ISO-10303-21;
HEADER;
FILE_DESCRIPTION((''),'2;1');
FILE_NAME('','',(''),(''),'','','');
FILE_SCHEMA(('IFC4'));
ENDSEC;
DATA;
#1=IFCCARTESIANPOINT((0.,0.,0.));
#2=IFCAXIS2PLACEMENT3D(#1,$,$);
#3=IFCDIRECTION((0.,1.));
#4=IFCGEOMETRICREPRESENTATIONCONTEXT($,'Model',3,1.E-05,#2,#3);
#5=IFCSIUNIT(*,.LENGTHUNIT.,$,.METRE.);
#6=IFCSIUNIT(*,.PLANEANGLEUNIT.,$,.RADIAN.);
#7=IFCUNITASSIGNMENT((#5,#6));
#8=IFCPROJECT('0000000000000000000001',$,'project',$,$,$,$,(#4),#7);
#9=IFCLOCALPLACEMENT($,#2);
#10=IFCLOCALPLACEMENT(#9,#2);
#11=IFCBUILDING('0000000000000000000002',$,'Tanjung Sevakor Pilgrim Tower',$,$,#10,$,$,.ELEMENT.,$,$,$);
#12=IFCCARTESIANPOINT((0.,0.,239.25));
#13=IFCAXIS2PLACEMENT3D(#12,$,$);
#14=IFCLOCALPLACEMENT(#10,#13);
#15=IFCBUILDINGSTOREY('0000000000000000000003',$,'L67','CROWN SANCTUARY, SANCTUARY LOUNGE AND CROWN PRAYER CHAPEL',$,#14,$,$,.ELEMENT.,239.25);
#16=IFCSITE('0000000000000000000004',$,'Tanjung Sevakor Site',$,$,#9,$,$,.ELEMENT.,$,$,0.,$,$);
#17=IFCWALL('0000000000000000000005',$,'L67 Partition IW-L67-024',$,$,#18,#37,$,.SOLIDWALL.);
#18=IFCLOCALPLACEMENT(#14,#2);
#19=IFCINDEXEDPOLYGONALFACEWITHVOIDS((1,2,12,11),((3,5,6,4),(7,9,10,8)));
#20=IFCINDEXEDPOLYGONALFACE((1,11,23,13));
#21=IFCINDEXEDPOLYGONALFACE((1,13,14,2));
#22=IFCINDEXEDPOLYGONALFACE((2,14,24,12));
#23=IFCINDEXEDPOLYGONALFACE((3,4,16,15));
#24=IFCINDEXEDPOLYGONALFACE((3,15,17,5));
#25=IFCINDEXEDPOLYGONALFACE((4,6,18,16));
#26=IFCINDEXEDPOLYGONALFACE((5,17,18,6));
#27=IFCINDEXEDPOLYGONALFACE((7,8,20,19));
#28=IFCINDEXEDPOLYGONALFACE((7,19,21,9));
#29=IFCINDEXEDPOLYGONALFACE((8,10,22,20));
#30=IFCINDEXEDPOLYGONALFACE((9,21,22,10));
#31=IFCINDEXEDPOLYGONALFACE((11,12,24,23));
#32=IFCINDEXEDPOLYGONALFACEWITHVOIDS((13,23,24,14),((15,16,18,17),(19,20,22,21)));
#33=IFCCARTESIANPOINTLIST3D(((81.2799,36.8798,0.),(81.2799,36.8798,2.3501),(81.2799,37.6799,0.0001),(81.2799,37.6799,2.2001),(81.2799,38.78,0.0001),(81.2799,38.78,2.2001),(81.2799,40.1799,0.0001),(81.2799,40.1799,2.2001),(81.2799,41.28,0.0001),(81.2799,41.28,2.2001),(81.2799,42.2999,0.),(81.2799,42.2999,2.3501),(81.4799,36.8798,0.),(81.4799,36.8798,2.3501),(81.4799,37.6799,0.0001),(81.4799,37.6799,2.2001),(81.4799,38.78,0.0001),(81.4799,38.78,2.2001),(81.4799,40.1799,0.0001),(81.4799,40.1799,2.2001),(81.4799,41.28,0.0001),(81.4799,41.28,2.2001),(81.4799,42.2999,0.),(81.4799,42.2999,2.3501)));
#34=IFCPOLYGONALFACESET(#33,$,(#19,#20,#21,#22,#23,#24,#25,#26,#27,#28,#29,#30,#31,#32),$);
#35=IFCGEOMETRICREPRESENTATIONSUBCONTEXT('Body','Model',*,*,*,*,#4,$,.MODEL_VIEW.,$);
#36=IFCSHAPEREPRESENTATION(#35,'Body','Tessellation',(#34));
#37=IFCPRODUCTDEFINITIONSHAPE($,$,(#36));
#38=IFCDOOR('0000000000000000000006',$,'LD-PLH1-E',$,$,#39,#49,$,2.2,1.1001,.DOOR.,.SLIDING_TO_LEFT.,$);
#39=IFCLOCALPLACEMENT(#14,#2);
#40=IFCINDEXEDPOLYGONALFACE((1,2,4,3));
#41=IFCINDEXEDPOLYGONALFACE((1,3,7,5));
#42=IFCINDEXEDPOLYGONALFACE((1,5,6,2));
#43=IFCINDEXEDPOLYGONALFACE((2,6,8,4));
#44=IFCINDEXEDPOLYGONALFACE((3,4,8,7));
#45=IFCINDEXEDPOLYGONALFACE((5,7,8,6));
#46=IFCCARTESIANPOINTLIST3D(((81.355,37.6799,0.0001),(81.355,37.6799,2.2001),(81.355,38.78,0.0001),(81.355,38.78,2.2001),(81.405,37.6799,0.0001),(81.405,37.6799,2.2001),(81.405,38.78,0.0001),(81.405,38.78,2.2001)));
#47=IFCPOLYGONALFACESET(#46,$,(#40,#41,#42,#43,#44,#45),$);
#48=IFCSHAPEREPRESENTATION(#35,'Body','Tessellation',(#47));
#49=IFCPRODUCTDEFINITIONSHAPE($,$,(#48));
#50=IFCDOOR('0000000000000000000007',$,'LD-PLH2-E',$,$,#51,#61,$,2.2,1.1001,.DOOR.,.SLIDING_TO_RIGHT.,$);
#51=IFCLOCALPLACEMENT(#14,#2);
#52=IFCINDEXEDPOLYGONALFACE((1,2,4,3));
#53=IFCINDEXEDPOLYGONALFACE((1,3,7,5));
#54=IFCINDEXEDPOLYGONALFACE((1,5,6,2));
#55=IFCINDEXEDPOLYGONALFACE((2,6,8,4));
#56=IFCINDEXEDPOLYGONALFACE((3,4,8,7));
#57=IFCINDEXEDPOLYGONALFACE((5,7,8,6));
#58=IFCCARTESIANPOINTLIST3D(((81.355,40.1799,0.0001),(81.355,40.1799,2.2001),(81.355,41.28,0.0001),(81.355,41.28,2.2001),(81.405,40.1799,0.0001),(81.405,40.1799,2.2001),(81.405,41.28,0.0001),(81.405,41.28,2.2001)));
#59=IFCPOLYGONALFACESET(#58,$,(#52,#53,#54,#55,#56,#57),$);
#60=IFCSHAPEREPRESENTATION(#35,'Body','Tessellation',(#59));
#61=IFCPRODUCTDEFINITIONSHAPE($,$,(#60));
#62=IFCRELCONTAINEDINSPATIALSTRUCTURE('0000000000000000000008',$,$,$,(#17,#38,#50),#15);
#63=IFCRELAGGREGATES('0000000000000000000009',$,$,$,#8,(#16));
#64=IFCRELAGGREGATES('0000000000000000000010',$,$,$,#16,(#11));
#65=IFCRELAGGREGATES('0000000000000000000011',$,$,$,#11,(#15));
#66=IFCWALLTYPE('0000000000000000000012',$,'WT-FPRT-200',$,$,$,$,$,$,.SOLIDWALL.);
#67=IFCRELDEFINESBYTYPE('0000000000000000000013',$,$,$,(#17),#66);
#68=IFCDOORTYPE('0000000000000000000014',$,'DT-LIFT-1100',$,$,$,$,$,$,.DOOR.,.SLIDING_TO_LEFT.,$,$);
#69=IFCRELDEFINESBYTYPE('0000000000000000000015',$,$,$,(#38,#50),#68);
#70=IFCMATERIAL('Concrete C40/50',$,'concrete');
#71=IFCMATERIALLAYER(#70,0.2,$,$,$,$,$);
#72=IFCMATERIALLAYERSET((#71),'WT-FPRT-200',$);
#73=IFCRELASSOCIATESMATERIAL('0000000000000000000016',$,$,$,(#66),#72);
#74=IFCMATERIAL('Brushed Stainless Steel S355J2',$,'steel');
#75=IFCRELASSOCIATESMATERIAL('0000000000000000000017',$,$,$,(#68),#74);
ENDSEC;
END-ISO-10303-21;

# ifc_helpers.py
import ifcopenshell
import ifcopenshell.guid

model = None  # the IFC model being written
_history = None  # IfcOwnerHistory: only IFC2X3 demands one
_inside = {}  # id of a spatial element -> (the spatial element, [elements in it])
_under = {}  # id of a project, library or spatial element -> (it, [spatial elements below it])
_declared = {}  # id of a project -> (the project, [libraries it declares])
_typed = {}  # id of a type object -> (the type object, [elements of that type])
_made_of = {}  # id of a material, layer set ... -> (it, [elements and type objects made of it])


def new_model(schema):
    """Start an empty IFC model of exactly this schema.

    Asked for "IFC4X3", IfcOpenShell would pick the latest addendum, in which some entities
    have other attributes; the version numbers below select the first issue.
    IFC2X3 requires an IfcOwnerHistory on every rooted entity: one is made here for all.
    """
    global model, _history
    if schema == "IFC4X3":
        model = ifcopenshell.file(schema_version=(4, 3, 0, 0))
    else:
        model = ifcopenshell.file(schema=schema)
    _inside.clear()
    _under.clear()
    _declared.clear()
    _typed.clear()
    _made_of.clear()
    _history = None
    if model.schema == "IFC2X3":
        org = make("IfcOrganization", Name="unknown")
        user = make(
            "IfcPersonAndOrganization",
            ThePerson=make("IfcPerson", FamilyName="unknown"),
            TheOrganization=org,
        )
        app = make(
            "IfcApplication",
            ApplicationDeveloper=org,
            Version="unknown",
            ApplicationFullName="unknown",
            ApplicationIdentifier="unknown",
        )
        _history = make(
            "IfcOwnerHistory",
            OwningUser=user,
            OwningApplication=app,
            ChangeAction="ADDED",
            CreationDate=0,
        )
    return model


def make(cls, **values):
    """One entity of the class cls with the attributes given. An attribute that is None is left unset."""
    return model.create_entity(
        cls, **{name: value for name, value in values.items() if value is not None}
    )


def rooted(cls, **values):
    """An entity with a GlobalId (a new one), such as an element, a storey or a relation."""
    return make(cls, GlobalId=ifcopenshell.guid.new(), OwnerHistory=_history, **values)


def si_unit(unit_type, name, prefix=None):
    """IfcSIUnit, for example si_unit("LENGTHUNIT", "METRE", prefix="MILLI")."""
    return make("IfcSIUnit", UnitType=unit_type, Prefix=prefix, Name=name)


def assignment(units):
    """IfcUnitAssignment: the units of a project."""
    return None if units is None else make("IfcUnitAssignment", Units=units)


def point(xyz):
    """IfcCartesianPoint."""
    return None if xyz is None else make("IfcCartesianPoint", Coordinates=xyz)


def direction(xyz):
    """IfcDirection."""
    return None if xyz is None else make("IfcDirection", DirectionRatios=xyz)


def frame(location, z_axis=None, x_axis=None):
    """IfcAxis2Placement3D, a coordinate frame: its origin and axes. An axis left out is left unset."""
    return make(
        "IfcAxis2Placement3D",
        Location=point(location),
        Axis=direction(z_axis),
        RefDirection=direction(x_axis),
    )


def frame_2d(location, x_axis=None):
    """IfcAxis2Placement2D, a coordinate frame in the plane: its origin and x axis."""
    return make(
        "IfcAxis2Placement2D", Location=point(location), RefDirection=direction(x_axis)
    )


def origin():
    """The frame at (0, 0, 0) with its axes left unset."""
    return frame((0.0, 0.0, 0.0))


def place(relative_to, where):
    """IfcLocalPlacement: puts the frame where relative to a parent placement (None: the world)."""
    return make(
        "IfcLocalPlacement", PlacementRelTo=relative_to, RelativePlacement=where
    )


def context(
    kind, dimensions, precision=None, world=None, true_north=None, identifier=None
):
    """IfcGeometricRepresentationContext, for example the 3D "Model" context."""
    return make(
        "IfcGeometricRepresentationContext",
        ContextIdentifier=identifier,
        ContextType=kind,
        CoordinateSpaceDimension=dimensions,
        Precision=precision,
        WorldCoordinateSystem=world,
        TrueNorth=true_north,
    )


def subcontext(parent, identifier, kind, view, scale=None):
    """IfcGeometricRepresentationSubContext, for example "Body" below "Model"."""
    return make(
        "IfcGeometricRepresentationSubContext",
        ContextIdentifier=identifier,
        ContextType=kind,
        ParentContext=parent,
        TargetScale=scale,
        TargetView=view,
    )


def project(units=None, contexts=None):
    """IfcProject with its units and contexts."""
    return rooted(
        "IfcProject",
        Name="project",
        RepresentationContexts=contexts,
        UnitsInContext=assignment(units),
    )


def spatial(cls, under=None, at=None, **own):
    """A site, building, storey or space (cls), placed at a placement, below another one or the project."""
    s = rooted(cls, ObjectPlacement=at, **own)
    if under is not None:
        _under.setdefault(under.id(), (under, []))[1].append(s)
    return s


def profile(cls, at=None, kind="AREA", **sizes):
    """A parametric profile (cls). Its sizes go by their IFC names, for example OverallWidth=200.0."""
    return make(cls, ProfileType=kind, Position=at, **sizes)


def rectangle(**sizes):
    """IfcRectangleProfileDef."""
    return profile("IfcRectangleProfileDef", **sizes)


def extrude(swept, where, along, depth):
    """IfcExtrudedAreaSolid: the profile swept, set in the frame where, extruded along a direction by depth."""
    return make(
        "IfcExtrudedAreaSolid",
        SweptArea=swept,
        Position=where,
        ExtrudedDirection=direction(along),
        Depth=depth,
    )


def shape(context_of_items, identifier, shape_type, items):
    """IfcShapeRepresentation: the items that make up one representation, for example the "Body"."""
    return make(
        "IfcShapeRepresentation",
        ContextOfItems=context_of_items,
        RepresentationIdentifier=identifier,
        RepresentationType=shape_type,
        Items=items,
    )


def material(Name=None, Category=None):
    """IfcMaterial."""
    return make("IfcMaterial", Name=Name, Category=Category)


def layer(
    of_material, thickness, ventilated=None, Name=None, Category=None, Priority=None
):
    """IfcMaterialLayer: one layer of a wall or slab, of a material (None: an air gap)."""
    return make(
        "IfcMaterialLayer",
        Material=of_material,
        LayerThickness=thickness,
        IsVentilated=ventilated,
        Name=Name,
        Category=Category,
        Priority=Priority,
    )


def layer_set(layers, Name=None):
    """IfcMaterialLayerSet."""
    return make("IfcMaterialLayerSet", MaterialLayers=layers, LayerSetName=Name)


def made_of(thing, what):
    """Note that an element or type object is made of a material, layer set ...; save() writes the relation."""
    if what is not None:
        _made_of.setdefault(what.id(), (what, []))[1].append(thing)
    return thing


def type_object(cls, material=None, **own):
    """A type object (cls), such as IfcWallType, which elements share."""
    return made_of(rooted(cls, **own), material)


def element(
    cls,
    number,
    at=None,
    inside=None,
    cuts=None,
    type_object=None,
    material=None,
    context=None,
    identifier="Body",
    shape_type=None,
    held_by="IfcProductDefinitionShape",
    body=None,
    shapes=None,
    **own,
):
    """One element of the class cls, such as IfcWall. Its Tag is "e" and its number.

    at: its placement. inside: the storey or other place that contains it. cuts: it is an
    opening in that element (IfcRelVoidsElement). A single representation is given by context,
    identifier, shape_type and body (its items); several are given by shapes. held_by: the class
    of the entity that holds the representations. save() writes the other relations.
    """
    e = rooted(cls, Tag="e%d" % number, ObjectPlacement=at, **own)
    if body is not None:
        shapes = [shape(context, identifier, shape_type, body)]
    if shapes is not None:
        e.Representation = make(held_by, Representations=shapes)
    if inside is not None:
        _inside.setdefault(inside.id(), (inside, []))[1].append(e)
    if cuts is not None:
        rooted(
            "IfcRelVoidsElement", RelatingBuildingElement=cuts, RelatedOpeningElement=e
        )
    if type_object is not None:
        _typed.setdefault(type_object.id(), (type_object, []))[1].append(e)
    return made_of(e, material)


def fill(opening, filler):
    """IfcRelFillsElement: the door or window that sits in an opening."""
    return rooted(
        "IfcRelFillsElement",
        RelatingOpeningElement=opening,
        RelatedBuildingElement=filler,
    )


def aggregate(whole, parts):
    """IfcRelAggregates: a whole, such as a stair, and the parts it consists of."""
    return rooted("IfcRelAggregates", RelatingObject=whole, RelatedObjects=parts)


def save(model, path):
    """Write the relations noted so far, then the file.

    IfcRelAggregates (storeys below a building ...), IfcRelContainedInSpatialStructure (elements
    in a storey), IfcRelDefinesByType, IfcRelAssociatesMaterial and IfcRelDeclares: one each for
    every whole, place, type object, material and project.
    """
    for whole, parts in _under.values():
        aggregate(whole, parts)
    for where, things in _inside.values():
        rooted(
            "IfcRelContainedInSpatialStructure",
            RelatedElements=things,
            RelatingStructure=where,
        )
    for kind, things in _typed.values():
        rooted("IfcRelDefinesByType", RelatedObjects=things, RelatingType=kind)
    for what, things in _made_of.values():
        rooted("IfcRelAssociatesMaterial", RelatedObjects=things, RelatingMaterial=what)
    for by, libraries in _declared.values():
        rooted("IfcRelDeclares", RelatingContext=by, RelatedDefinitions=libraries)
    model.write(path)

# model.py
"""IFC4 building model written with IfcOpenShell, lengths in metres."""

from ifc_helpers import new_model, si_unit, direction, frame, frame_2d, origin, place, context, subcontext, project, spatial, rectangle, extrude, material, layer, layer_set, type_object, element, fill, save


model = new_model("IFC4")

# Units and contexts
model_context = context("Model", 3, precision=1e-05, world=origin(), true_north=direction((0.0, 1.0)))
body_context = subcontext(model_context, "Body", "Model", "MODEL_VIEW")
ifc_project = project(units=[si_unit("LENGTHUNIT", "METRE"), si_unit("PLANEANGLEUNIT", "RADIAN")], contexts=[model_context])

# Site, building, storey
site_placement = place(None, origin())
site = spatial("IfcSite", under=ifc_project, at=site_placement, Name="Tanjung Sevakor Site", CompositionType="ELEMENT", RefElevation=0.0)
building_placement = place(site_placement, origin())
building = spatial("IfcBuilding", under=site, at=building_placement, Name="Tanjung Sevakor Pilgrim Tower", CompositionType="ELEMENT")
storey_placement = place(building_placement, frame((0.0, 0.0, 239.25)))
storey = spatial("IfcBuildingStorey", under=building, at=storey_placement, Name="L67", Description="CROWN SANCTUARY, SANCTUARY LOUNGE AND CROWN PRAYER CHAPEL", CompositionType="ELEMENT", Elevation=239.25)

# Shared definitions
ifc_material_1 = material(Name="Concrete C40/50", Category="concrete")
ifc_layer_1 = layer(ifc_material_1, 0.2)
ifc_layer_set_1 = layer_set([ifc_layer_1], Name="WT-FPRT-200")
wall_type_1 = type_object("IfcWallType", Name="WT-FPRT-200", PredefinedType="SOLIDWALL", material=ifc_layer_set_1)

# Wall, openings, doors
wall_1_placement = place(storey_placement, frame((81.3799, 36.8799, 0.0), z_axis=(0.0, 0.0, 1.0), x_axis=(0.0, 1.0, 0.0)))
wall_1 = element("IfcWall", 1, at=wall_1_placement, inside=storey, type_object=wall_type_1, Name="L67 Partition IW-L67-024", PredefinedType="SOLIDWALL", context=body_context, shape_type="SweptSolid", body=[
    extrude(rectangle(XDim=5.4202, YDim=0.2, at=frame_2d((2.71, 0.0))), origin(), (0.0, 0.0, 1.0), 2.3501),
])
opening_1_placement = place(wall_1_placement, frame((0.8, 0.0, 0.0)))
opening_1 = element("IfcOpeningElement", 2, at=opening_1_placement, cuts=wall_1, PredefinedType="OPENING", context=body_context, shape_type="SweptSolid", body=[
    extrude(rectangle(XDim=1.1001, YDim=2.2, at=frame_2d((0.55, 1.1001))), frame((0.0, 0.1099, 0.0), z_axis=(0.0, -1.0, 0.0), x_axis=(1.0, 0.0, 0.0)), (0.0, 0.0, 1.0), 0.22),
])
opening_2_placement = place(wall_1_placement, frame((3.3, 0.0, 0.0)))
opening_2 = element("IfcOpeningElement", 3, at=opening_2_placement, cuts=wall_1, PredefinedType="OPENING", context=body_context, shape_type="SweptSolid", body=[
    extrude(rectangle(XDim=1.1001, YDim=2.2, at=frame_2d((0.55, 1.1001))), frame((0.0, 0.1099, 0.0), z_axis=(0.0, -1.0, 0.0), x_axis=(1.0, 0.0, 0.0)), (0.0, 0.0, 1.0), 0.22),
])
ifc_material_2 = material(Name="Brushed Stainless Steel S355J2", Category="steel")
door_type_1 = type_object("IfcDoorType", Name="DT-LIFT-1100", OperationType="SLIDING_TO_LEFT", PredefinedType="DOOR", material=ifc_material_2)
door_1_placement = place(opening_1_placement, origin())
door_1 = element("IfcDoor", 4, at=door_1_placement, inside=storey, type_object=door_type_1, Name="LD-PLH1-E", OperationType="SLIDING_TO_LEFT", OverallHeight=2.2, OverallWidth=1.1001, PredefinedType="DOOR", context=body_context, shape_type="SweptSolid", body=[
    extrude(rectangle(XDim=1.1001, YDim=2.2, at=frame_2d((0.55, 1.1001))), frame((0.0, 0.0249, 0.0), z_axis=(0.0, -1.0, 0.0), x_axis=(1.0, 0.0, 0.0)), (0.0, 0.0, 1.0), 0.05),
])
fill(opening_1, door_1)
door_2_placement = place(opening_2_placement, origin())
door_2 = element("IfcDoor", 5, at=door_2_placement, inside=storey, type_object=door_type_1, Name="LD-PLH2-E", OperationType="SLIDING_TO_RIGHT", OverallHeight=2.2, OverallWidth=1.1001, PredefinedType="DOOR", context=body_context, shape_type="SweptSolid", body=[
    extrude(rectangle(XDim=1.1001, YDim=2.2, at=frame_2d((0.55, 1.1001))), frame((0.0, 0.0249, 0.0), z_axis=(0.0, -1.0, 0.0), x_axis=(1.0, 0.0, 0.0)), (0.0, 0.0, 1.0), 0.05),
])
fill(opening_2, door_2)

save(model, "model.ifc")
